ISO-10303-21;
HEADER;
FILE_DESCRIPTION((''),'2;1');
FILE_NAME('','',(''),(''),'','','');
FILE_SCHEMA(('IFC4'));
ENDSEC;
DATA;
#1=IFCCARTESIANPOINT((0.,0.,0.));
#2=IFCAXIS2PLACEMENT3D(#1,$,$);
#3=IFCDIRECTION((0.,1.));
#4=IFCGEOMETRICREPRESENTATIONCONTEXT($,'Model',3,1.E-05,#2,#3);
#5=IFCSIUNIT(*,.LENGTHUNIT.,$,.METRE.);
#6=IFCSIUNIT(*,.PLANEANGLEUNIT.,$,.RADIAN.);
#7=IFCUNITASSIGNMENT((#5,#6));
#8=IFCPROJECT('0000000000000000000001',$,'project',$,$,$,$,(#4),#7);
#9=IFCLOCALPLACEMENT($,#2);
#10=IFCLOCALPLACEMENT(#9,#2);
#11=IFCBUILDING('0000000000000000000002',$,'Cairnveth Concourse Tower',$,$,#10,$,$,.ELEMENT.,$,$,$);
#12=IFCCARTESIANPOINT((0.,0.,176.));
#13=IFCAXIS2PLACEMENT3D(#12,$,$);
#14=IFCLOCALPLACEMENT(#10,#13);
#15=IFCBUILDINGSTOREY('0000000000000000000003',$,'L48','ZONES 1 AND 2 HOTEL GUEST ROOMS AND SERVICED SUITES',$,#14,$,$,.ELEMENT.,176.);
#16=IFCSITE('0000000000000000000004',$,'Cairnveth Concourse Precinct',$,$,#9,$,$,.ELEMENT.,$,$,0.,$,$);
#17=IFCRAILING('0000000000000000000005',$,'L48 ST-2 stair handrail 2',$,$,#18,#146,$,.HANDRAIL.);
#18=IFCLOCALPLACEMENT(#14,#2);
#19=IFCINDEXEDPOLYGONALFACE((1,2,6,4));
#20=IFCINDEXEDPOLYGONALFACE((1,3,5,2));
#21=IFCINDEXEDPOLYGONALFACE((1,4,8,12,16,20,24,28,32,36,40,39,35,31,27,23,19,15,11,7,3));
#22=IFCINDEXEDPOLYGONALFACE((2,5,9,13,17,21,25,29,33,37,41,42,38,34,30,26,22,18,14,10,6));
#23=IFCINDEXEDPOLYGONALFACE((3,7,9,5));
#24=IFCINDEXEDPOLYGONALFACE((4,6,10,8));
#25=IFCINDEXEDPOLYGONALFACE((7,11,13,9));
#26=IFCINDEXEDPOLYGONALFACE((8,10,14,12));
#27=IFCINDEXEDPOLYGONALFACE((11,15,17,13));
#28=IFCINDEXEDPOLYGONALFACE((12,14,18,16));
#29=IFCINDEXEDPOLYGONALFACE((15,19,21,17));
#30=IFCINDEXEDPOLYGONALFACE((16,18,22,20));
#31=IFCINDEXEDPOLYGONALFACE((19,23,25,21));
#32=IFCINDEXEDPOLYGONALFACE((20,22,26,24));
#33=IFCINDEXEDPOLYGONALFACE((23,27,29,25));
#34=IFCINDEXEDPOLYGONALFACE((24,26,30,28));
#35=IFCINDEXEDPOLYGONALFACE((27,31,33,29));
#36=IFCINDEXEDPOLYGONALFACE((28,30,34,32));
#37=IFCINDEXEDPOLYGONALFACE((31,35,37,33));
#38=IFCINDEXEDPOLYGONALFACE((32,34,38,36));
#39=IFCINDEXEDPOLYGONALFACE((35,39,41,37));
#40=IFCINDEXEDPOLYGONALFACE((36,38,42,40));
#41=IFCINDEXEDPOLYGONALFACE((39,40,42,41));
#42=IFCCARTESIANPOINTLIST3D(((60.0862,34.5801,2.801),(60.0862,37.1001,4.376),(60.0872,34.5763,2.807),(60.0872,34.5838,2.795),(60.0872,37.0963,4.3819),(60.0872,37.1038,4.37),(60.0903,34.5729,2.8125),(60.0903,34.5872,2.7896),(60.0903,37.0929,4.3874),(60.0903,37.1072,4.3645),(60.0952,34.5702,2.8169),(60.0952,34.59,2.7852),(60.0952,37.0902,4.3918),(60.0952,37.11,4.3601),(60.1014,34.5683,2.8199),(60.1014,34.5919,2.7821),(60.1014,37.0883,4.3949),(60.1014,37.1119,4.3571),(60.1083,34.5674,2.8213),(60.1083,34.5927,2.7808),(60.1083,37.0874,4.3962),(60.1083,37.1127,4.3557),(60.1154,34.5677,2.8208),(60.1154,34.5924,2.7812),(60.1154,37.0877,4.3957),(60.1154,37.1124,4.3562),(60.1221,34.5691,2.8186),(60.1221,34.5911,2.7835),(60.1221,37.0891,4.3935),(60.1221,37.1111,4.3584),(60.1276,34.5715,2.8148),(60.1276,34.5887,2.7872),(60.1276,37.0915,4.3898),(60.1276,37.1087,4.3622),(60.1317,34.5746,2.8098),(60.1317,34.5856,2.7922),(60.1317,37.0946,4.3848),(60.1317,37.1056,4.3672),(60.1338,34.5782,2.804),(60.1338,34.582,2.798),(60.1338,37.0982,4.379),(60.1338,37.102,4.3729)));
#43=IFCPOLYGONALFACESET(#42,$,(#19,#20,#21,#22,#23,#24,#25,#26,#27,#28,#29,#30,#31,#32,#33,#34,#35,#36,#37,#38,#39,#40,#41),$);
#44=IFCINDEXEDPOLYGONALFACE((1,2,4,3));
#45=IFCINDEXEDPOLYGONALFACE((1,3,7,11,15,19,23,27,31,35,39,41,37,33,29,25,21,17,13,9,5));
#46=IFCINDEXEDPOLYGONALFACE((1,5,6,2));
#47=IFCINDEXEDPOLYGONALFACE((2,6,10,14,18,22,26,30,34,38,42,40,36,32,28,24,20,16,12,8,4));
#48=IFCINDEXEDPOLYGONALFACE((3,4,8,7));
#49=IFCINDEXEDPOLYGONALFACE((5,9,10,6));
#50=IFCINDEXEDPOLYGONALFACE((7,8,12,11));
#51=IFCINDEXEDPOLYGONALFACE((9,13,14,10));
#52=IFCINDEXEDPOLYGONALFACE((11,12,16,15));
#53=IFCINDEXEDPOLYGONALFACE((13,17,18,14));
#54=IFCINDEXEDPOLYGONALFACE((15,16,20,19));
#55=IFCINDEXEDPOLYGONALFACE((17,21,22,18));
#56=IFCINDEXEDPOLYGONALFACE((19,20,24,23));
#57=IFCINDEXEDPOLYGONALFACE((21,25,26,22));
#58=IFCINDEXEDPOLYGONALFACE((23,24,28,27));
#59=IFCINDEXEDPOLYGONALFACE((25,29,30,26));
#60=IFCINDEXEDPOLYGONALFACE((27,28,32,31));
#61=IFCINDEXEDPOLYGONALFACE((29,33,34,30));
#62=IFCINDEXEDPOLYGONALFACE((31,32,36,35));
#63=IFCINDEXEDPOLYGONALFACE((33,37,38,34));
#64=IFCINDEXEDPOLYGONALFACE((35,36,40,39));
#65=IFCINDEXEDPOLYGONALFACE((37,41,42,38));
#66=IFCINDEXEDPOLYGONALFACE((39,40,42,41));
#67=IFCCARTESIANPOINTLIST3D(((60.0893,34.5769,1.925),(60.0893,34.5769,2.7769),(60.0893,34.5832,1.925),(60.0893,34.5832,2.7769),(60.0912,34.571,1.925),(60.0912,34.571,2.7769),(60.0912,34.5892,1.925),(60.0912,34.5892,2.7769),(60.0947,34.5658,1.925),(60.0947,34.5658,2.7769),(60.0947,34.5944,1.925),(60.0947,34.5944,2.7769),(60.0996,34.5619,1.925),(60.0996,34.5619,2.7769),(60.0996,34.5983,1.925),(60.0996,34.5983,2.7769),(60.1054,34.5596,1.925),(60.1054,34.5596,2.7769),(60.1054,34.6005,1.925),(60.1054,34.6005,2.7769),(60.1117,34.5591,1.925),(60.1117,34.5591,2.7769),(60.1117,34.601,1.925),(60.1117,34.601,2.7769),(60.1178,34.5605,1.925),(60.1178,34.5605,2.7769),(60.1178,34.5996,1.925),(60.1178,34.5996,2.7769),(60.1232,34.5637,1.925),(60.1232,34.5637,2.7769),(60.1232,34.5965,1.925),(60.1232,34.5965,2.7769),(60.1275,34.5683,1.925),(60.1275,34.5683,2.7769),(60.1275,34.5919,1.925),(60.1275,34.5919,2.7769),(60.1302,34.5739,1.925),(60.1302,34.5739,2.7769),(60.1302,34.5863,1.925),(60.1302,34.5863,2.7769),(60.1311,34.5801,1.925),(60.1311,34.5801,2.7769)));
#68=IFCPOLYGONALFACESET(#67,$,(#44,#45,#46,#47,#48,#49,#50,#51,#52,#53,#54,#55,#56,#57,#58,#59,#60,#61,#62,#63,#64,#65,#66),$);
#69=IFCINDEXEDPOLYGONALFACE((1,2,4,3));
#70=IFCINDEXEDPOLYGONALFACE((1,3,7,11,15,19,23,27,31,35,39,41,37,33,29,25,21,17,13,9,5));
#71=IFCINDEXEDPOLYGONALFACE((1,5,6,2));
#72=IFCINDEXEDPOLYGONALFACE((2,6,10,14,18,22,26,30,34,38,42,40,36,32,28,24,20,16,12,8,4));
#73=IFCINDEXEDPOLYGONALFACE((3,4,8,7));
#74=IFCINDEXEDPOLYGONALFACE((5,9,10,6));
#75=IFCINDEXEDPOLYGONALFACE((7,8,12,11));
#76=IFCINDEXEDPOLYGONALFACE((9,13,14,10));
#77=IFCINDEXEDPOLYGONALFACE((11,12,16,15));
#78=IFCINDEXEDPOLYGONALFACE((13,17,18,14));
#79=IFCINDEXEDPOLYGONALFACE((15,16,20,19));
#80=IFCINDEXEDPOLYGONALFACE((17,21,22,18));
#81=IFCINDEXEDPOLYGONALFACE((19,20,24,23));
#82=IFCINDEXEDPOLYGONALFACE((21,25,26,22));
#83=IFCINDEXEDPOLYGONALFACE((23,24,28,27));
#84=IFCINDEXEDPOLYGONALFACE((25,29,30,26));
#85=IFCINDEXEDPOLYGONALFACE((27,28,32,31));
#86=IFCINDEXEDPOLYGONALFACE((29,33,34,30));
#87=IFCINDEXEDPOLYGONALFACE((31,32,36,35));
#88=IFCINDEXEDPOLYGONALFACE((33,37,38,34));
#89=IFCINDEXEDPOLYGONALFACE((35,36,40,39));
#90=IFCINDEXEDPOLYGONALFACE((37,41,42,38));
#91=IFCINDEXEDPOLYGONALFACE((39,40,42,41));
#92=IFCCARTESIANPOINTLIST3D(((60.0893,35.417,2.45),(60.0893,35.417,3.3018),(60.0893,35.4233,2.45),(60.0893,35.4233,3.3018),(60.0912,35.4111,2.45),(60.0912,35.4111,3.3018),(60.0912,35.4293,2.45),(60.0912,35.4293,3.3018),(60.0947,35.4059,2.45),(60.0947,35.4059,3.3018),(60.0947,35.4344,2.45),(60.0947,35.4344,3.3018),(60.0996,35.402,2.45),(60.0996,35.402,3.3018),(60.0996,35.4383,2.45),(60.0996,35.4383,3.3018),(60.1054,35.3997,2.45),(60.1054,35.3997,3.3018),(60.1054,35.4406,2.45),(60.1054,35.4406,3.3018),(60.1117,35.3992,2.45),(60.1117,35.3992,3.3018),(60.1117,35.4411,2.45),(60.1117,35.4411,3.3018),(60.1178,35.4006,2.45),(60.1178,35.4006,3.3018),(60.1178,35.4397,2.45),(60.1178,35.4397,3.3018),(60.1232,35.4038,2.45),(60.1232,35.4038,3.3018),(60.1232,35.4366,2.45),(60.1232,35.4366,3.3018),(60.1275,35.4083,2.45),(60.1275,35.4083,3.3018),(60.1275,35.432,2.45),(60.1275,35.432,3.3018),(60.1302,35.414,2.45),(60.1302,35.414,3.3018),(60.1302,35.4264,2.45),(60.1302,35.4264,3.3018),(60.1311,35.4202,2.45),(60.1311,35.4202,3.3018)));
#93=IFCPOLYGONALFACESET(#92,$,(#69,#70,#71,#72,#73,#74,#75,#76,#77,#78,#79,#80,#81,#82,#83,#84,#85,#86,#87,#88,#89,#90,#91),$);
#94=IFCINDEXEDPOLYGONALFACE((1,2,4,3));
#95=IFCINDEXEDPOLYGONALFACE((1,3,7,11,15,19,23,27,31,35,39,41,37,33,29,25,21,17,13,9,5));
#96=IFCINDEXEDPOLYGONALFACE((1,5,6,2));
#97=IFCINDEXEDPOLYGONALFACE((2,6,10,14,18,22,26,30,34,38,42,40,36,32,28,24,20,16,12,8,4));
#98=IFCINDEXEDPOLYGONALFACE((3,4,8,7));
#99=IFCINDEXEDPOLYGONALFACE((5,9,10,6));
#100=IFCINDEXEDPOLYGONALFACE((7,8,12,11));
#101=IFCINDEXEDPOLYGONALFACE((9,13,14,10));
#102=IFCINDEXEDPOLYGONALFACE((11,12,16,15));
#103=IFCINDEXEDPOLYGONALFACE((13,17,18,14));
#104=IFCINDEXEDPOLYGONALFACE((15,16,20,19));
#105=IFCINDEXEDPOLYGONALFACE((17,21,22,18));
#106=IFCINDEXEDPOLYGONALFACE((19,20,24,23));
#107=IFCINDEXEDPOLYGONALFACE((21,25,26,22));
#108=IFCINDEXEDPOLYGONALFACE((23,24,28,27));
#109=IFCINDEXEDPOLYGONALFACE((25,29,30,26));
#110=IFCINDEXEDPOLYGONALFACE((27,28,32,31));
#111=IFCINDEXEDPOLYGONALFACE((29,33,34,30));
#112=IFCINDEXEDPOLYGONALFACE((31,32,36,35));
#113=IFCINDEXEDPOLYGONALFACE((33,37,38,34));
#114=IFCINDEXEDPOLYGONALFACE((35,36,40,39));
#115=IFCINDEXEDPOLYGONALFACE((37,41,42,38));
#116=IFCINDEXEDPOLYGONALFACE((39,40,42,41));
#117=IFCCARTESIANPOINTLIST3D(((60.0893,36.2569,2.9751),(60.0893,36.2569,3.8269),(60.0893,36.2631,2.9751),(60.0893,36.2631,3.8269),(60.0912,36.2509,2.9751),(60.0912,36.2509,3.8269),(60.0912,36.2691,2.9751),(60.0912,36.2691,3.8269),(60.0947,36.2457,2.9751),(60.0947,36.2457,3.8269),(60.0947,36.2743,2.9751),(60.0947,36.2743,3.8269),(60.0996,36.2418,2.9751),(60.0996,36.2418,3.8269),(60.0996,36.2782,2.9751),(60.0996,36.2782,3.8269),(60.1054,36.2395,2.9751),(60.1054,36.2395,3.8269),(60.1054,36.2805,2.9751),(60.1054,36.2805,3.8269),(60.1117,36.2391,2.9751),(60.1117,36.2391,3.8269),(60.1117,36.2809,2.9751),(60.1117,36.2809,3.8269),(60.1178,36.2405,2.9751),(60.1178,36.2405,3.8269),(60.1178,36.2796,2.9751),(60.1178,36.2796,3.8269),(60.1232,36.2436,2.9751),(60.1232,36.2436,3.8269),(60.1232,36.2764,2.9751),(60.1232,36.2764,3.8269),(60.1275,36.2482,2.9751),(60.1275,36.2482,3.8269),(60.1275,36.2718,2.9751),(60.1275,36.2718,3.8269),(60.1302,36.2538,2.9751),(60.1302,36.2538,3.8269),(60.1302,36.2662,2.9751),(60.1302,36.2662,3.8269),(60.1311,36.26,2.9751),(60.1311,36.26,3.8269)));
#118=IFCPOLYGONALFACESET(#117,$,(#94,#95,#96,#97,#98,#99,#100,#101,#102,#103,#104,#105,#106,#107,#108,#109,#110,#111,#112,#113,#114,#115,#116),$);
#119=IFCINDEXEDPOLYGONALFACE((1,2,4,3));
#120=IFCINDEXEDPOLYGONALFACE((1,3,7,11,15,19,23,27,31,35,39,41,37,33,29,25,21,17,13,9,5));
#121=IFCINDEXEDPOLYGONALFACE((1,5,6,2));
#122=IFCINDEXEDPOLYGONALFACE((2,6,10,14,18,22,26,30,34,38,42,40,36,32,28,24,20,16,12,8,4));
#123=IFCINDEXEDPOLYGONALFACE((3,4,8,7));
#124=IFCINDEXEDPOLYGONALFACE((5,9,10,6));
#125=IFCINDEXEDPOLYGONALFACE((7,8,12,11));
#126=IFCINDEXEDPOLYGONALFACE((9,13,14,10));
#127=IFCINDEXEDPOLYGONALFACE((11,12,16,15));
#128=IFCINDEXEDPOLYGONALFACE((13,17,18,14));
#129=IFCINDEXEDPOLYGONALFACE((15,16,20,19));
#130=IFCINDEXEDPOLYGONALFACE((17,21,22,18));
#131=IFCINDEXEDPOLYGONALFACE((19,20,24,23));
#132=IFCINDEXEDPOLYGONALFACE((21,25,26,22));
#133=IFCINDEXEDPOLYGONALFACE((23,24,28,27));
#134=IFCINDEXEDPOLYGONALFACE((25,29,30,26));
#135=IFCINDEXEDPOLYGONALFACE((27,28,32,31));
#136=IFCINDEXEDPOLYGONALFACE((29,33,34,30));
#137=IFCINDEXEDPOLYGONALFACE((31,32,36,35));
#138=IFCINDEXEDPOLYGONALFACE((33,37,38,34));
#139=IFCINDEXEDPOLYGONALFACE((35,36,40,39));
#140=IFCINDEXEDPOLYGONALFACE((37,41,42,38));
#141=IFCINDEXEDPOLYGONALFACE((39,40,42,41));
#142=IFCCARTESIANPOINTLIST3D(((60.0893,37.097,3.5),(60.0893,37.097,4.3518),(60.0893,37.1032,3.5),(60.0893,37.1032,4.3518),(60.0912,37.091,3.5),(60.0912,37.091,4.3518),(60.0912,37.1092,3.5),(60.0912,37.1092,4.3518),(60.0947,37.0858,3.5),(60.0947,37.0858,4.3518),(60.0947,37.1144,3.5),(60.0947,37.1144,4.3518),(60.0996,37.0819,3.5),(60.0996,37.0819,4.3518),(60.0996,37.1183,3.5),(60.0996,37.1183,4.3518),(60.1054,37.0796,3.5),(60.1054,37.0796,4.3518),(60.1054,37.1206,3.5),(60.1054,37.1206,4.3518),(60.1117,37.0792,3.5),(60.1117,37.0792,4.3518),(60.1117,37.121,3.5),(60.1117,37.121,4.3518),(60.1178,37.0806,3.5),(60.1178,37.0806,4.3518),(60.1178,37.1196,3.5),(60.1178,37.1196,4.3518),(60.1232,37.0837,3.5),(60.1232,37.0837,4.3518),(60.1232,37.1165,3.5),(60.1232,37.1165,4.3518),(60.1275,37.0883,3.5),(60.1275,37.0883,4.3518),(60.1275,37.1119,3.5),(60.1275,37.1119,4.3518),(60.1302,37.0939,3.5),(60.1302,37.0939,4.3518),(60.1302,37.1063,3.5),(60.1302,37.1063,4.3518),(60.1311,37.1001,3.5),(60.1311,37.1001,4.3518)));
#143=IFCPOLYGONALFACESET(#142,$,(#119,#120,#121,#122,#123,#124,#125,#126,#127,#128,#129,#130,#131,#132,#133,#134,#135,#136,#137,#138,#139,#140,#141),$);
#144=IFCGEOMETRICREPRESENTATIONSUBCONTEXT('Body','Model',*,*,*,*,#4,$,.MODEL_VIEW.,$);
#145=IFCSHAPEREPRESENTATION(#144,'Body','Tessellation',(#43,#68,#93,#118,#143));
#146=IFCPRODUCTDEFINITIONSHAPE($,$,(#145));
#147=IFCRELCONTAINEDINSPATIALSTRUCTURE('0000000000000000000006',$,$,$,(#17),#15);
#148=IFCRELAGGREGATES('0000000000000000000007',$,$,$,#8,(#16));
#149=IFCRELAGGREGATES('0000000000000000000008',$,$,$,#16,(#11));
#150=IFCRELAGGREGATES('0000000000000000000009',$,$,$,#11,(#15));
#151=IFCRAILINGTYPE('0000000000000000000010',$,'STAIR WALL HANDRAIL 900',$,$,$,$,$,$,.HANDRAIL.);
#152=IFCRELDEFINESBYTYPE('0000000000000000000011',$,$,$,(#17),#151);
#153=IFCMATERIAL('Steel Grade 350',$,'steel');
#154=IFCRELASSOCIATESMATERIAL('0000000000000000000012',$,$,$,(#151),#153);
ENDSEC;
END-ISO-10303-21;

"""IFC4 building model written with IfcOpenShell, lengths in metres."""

from ifc_helpers import new_model, si_unit, direction, frame, origin, origin_2d, place, context, subcontext, project, spatial, circle, extrude, material, type_object, element, save


model = new_model("IFC4")

# Units and contexts
model_context = context("Model", 3, precision=1e-05, world=origin(), true_north=direction((0.0, 1.0)))
body_context = subcontext(model_context, "Body", "Model", "MODEL_VIEW")
ifc_project = project(units=[si_unit("LENGTHUNIT", "METRE"), si_unit("PLANEANGLEUNIT", "RADIAN")], contexts=[model_context])

# Site, building, storey
site_placement = place(None, origin())
site = spatial("IfcSite", under=ifc_project, at=site_placement, Name="Cairnveth Concourse Precinct", CompositionType="ELEMENT", RefElevation=0.0)
building_placement = place(site_placement, origin())
building = spatial("IfcBuilding", under=site, at=building_placement, Name="Cairnveth Concourse Tower", CompositionType="ELEMENT")
storey_placement = place(building_placement, frame((0.0, 0.0, 176.0)))
storey = spatial("IfcBuildingStorey", under=building, at=storey_placement, Name="L48", Description="ZONES 1 AND 2 HOTEL GUEST ROOMS AND SERVICED SUITES", CompositionType="ELEMENT", Elevation=176.0)

# Shared definitions
ifc_material_1 = material(Name="Steel Grade 350", Category="steel")

# Railing
railing_type_1 = type_object("IfcRailingType", Name="STAIR WALL HANDRAIL 900", PredefinedType="HANDRAIL", material=ifc_material_1)
railing_1_placement = place(storey_placement, frame((60.1101, 34.5801, 1.925)))
element("IfcRailing", 1, at=railing_1_placement, inside=storey, type_object=railing_type_1, Name="L48 ST-2 stair handrail 2", PredefinedType="HANDRAIL", context=body_context, shape_type="SweptSolid", body=[
    extrude(circle(Radius=0.0239, at=origin_2d()), frame((0.0, 0.0, 0.876), z_axis=(0.0, 0.848008, 0.529984), x_axis=(-1.0, 0.0, 0.0)), (0.0, 0.0, 1.0), 2.9717),
    extrude(circle(Radius=0.021, at=origin_2d()), origin(), (0.0, 0.0, 1.0), 0.8518),
    extrude(circle(Radius=0.021, at=origin_2d()), frame((0.0, 0.8401, 0.5249)), (0.0, 0.0, 1.0), 0.8518),
    extrude(circle(Radius=0.021, at=origin_2d()), frame((0.0, 1.6799, 1.05)), (0.0, 0.0, 1.0), 0.8518),
    extrude(circle(Radius=0.021, at=origin_2d()), frame((0.0, 2.52, 1.575)), (0.0, 0.0, 1.0), 0.8518),
])

save(model, "model.ifc")
